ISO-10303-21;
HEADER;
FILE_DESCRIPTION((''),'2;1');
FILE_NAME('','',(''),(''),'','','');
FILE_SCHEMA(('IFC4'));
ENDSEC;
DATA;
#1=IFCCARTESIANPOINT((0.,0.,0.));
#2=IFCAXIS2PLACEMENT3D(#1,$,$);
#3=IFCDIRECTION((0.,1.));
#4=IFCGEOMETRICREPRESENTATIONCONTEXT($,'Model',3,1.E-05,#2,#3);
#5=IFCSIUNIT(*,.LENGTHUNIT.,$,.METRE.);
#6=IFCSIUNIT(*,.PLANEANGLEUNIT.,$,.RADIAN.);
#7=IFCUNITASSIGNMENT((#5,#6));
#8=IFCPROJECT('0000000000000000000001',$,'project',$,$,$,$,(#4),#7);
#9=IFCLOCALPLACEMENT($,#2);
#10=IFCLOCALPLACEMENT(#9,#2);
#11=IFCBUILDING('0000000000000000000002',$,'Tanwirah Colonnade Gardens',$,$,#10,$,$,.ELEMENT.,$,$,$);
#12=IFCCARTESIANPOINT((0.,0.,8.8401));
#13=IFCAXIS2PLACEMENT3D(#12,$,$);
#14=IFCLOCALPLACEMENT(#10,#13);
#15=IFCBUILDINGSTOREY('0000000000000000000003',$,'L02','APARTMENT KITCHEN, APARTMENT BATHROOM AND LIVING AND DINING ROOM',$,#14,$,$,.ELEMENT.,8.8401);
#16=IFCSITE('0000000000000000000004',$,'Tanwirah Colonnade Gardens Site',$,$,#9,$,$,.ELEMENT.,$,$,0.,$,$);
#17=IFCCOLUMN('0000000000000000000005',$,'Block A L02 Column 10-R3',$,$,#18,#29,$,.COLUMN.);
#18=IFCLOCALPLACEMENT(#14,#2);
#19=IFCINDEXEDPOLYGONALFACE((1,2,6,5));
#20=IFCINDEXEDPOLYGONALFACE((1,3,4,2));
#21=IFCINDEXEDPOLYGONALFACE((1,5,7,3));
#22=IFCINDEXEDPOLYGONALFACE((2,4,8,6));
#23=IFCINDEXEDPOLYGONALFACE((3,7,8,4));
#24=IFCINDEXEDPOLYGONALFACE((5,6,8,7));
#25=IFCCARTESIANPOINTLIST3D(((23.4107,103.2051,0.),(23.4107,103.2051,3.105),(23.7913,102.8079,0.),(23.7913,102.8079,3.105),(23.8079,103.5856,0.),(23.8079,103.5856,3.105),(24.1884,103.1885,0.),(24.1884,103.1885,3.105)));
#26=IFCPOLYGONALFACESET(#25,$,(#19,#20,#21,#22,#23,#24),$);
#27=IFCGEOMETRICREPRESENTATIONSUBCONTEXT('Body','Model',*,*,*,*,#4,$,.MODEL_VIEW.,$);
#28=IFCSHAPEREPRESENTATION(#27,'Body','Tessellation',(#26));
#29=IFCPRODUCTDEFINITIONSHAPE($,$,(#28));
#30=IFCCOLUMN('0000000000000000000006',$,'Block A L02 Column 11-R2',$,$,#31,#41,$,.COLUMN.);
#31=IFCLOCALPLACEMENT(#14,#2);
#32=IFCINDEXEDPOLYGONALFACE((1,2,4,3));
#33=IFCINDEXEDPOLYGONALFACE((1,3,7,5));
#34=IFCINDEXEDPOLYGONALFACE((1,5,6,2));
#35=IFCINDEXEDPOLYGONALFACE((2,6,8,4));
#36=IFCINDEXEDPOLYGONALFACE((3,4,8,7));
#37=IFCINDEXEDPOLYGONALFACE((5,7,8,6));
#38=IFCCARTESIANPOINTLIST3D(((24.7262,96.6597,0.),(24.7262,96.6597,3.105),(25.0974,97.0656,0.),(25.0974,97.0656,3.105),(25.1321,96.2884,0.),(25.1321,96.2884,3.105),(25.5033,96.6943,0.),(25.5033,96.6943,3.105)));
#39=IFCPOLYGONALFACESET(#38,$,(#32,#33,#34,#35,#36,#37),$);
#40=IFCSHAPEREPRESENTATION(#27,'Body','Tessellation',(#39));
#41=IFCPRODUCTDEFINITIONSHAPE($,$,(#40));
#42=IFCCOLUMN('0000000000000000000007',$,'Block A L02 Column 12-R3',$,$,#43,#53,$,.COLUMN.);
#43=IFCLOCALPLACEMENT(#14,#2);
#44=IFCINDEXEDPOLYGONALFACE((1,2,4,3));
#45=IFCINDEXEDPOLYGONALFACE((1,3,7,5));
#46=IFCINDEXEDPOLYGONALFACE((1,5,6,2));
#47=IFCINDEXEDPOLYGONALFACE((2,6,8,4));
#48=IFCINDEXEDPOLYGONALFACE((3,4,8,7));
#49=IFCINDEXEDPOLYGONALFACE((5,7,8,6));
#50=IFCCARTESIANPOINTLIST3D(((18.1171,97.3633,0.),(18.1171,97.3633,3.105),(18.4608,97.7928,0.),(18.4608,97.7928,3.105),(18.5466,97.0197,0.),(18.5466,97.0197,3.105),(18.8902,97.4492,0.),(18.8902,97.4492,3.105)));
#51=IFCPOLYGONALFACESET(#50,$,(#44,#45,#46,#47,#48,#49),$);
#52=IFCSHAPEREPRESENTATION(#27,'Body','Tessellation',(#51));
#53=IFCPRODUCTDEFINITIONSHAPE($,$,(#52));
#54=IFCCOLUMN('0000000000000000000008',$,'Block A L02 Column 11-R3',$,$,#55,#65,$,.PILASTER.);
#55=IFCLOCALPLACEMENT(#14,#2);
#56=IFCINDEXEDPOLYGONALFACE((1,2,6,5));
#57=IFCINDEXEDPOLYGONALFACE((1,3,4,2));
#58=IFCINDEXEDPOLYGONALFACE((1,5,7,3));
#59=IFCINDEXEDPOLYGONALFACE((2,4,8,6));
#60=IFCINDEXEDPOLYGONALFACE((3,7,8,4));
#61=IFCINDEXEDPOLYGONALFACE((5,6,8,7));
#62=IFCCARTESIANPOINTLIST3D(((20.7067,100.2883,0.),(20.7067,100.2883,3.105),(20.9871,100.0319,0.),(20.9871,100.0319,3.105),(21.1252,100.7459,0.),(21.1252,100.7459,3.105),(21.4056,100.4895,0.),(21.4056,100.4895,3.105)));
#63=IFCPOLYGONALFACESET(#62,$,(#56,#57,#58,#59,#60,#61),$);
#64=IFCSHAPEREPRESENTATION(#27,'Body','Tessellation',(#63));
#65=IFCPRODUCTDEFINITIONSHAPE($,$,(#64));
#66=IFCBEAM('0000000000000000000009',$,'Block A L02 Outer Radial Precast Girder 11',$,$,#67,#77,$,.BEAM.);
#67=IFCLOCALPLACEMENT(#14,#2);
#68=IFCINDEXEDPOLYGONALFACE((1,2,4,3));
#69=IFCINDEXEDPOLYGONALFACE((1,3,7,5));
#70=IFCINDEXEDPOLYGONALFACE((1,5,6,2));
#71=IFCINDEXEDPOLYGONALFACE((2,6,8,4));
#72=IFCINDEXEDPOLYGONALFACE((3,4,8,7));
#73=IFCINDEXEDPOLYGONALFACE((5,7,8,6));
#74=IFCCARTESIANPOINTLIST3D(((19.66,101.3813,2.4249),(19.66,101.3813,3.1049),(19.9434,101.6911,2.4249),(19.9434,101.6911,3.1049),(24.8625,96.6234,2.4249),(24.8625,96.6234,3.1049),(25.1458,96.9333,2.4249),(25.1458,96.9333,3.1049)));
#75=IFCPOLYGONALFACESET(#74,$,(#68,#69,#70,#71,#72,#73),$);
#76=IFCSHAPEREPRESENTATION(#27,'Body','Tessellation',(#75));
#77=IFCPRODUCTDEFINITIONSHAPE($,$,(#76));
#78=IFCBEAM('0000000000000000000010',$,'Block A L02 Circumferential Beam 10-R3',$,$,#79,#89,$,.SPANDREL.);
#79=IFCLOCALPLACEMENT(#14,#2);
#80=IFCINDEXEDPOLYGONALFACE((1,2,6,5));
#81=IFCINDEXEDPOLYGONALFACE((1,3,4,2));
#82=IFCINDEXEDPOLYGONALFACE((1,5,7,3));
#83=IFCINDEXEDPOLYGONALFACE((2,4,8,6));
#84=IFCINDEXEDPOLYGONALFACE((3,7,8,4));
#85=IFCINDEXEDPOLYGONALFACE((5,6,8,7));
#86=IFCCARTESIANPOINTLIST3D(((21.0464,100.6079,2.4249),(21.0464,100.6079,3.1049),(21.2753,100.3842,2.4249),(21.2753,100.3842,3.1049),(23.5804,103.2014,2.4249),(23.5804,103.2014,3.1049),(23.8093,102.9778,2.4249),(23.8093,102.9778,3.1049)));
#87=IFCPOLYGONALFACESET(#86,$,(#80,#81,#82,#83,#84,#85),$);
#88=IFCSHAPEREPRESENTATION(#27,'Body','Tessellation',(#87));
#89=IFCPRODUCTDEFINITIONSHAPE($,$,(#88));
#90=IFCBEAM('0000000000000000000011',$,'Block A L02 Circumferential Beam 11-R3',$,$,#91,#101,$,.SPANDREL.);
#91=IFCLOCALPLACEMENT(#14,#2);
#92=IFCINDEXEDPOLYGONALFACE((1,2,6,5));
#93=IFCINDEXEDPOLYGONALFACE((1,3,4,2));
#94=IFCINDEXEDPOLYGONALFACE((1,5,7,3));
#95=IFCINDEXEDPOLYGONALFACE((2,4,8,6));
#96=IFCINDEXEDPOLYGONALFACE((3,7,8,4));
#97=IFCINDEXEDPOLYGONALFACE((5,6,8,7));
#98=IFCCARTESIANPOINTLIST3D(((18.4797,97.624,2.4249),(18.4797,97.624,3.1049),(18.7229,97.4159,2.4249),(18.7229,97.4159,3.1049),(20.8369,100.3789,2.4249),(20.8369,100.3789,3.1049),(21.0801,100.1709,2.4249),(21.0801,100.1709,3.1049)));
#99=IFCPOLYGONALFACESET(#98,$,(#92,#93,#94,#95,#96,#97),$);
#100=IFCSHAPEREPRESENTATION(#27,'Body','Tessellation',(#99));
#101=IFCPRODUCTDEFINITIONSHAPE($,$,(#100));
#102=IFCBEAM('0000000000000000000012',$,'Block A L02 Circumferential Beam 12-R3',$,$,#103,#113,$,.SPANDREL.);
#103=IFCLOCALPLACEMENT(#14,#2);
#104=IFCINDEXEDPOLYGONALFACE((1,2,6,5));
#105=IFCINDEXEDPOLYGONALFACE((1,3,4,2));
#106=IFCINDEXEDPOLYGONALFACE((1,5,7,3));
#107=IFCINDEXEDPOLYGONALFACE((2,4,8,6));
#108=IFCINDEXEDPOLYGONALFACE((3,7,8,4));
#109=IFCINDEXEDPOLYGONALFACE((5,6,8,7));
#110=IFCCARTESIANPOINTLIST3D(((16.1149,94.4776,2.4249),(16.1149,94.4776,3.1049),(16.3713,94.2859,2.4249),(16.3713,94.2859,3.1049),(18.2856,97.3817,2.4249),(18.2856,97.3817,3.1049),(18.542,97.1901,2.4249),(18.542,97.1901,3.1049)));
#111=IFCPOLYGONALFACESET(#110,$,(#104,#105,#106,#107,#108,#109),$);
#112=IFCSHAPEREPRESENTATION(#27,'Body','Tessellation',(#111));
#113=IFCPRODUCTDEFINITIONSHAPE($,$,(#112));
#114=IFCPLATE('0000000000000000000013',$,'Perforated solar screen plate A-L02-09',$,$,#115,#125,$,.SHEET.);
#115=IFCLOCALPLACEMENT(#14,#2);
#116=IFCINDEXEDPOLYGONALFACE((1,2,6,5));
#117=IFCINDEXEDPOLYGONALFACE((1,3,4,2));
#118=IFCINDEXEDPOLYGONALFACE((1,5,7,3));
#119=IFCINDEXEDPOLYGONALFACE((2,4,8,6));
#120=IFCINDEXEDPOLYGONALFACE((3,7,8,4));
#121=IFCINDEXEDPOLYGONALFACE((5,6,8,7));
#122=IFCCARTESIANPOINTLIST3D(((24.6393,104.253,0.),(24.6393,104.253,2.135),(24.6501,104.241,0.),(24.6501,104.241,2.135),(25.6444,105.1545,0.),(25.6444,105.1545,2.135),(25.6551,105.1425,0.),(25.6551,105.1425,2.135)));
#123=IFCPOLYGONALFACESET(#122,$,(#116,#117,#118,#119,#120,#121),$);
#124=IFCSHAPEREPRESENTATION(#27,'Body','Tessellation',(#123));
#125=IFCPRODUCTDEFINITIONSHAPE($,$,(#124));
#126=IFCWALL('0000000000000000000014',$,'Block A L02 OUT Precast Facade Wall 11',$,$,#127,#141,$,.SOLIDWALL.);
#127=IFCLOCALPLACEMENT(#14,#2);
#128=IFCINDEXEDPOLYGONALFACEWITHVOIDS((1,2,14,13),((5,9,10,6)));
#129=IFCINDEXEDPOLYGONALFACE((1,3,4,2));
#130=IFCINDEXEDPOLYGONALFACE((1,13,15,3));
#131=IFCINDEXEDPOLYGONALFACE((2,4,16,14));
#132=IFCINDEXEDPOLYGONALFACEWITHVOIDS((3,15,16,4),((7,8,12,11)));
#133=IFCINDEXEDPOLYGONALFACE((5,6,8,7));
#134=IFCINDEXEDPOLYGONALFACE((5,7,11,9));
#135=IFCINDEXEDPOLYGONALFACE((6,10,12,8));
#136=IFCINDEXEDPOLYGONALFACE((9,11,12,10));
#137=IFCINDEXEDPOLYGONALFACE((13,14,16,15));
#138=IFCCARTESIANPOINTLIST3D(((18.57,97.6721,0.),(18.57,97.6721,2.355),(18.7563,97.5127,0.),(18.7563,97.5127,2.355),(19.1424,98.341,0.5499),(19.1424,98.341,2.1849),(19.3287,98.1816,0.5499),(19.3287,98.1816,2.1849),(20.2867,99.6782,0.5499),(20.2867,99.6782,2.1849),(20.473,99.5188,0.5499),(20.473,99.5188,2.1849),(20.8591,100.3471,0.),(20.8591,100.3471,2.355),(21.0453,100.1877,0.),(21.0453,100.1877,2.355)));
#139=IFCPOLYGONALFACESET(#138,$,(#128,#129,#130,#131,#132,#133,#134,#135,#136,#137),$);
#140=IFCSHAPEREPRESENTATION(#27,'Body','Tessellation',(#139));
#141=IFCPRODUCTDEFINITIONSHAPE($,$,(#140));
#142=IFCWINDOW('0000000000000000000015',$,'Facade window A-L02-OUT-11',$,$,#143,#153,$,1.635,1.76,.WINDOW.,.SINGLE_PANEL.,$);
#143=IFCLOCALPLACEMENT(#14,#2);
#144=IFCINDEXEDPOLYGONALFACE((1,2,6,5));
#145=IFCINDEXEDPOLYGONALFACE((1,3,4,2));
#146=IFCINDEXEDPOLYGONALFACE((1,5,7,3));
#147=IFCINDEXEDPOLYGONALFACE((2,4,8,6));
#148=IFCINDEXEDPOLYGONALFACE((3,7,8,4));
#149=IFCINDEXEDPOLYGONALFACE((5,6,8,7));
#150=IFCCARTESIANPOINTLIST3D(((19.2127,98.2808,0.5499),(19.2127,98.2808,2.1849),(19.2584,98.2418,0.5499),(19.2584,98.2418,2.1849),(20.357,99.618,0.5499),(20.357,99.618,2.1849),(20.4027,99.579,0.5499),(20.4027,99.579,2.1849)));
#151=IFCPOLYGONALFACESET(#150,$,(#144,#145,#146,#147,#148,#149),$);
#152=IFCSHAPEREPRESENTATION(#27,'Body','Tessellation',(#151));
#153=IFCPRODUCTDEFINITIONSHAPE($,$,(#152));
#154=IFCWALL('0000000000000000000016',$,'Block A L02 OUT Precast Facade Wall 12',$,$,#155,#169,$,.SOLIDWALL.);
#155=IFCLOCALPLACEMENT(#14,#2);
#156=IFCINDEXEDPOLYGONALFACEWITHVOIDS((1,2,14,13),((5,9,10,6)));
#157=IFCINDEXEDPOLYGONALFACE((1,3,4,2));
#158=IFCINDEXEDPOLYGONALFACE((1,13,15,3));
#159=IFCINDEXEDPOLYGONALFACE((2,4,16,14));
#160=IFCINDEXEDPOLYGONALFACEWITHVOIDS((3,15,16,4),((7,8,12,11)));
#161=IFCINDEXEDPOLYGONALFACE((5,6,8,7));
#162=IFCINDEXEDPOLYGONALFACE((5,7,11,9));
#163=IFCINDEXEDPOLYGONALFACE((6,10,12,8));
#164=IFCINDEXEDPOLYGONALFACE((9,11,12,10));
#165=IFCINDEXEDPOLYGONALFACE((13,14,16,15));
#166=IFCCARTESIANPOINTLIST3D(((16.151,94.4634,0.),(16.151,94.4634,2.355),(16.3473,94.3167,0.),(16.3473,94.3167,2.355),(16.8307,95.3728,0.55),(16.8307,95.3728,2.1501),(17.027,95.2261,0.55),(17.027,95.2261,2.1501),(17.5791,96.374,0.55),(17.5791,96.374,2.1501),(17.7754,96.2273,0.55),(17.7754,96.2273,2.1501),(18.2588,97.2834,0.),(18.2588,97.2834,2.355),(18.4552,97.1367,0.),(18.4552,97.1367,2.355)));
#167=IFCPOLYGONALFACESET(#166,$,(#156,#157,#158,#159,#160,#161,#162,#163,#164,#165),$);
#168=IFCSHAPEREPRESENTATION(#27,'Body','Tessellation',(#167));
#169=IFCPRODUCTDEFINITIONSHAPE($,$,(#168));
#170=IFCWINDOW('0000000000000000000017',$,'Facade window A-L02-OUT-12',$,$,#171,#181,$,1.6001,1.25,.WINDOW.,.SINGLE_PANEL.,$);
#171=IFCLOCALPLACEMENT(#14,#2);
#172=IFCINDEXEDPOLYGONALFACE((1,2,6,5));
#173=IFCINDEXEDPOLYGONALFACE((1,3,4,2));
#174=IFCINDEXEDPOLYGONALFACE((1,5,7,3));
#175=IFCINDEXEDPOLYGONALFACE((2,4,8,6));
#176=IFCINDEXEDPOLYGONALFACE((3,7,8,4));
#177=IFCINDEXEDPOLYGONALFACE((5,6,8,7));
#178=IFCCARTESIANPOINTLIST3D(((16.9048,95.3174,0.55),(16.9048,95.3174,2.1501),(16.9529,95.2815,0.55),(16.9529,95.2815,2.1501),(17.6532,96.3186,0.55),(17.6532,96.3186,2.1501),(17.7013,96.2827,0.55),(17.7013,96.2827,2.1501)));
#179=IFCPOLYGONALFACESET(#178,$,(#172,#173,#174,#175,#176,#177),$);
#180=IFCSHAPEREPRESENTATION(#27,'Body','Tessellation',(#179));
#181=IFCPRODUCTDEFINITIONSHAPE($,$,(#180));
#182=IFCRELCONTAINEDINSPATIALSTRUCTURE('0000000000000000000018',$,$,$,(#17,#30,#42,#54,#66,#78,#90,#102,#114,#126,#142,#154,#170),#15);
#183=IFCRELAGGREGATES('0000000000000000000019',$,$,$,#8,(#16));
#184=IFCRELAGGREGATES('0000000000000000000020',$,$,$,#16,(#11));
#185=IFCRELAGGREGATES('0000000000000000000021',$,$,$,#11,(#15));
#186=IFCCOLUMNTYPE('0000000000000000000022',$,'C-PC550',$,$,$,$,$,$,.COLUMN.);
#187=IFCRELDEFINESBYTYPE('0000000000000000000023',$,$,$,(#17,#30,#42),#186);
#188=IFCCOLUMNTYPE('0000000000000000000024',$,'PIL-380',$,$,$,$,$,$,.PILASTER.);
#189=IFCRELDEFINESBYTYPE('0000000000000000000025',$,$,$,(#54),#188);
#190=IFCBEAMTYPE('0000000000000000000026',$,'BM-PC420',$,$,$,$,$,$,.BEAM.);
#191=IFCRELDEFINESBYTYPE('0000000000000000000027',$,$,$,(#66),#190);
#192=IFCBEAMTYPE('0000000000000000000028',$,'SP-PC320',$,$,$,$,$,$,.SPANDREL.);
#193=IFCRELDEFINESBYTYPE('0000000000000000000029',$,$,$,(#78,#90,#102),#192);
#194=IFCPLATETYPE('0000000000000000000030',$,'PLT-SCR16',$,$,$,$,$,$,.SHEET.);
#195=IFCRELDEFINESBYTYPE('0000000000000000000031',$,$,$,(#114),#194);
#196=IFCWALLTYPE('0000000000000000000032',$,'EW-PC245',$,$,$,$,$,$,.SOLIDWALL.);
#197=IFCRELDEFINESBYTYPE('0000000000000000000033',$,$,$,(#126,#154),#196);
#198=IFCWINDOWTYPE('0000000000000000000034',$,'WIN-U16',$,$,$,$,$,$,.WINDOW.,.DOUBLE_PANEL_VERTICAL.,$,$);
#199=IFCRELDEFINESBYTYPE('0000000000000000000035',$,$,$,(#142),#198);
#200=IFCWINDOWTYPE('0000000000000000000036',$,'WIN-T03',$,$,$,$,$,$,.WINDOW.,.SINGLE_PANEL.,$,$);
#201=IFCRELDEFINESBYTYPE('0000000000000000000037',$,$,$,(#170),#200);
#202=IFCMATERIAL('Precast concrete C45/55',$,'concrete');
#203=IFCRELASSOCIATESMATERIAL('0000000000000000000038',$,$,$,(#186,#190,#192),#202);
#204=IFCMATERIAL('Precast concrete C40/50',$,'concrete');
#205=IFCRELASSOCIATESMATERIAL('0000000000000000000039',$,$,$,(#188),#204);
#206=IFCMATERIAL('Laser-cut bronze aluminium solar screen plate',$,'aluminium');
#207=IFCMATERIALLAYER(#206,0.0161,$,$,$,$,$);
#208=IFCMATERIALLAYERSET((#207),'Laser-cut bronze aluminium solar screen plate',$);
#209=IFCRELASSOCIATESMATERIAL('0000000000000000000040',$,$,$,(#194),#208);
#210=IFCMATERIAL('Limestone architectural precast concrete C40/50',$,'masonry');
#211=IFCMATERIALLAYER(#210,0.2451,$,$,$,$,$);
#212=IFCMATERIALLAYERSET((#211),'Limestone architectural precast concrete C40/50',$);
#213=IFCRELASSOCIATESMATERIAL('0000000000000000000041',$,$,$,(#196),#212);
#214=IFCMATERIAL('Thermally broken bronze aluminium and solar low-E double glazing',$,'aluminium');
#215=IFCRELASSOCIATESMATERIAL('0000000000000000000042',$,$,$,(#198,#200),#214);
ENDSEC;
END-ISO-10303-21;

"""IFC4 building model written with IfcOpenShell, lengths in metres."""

from ifc_helpers import new_model, si_unit, direction, frame, frame_2d, origin, origin_2d, place, context, subcontext, project, spatial, rectangle, extrude, material, layer, layer_set, material_profile, profile_set, type_object, element, fill, save


model = new_model("IFC4")

# Units and contexts
model_context = context("Model", 3, precision=1e-05, world=origin(), true_north=direction((0.0, 1.0)))
body_context = subcontext(model_context, "Body", "Model", "MODEL_VIEW")
ifc_project = project(units=[si_unit("LENGTHUNIT", "METRE"), si_unit("PLANEANGLEUNIT", "RADIAN")], contexts=[model_context])

# Site, building, storey
site_placement = place(None, origin())
site = spatial("IfcSite", under=ifc_project, at=site_placement, Name="Tanwirah Colonnade Gardens Site", CompositionType="ELEMENT", RefElevation=0.0)
building_placement = place(site_placement, origin())
building = spatial("IfcBuilding", under=site, at=building_placement, Name="Tanwirah Colonnade Gardens", CompositionType="ELEMENT")
storey_placement = place(building_placement, frame((0.0, 0.0, 8.8401)))
storey = spatial("IfcBuildingStorey", under=building, at=storey_placement, Name="L02", Description="APARTMENT KITCHEN, APARTMENT BATHROOM AND LIVING AND DINING ROOM", CompositionType="ELEMENT", Elevation=8.8401)

# Columns
ifc_material_1 = material(Name="Precast concrete C45/55", Category="concrete")
ifc_material_profile_1 = material_profile(ifc_material_1, rectangle(XDim=0.55, YDim=0.55, at=origin_2d()), Name="PC-COL 550x550")
ifc_profile_set_1 = profile_set([ifc_material_profile_1], Name="Precast concrete C45/55")
column_type_1 = type_object("IfcColumnType", Name="C-PC550", PredefinedType="COLUMN", material=ifc_profile_set_1)
for number, where, z_axis, x_axis, name in (
    (1, (23.7996, 103.1968, 0.0), (0.0, 0.0, 1.0), (-0.691863, 0.722029, 0.0), "Block A L02 Column 10-R3"),
    (2, (25.1147, 96.677, 0.0), (0.0, 0.0, 1.0), (-0.737932, 0.674875, 0.0), "Block A L02 Column 11-R2"),
    (3, (18.5037, 97.4062, 0.0), (0.0, 0.0, 1.0), (-0.780794, 0.624788, 0.0), "Block A L02 Column 12-R3"),
):
    element("IfcColumn", number, at=place(storey_placement, frame(where, z_axis=z_axis, x_axis=x_axis)), inside=storey, type_object=column_type_1, Name=name, PredefinedType="COLUMN", context=body_context, shape_type="SweptSolid", body=[
        extrude(rectangle(XDim=0.55, YDim=0.55, at=origin_2d()), origin(), (0.0, 0.0, 1.0), 3.105),
    ])
ifc_material_2 = material(Name="Precast concrete C40/50", Category="concrete")
ifc_material_profile_2 = material_profile(ifc_material_2, rectangle(XDim=0.3799, YDim=0.6201, at=origin_2d()), Name="PC-PIL 380x620")
ifc_profile_set_2 = profile_set([ifc_material_profile_2], Name="Precast concrete C40/50")
column_type_2 = type_object("IfcColumnType", Name="PIL-380", PredefinedType="PILASTER", material=ifc_profile_set_2)
column_placement = place(storey_placement, frame((21.0562, 100.3889, 0.0), z_axis=(0.0, 0.0, 1.0), x_axis=(-0.737932, 0.674875, 0.0)))
element("IfcColumn", 4, at=column_placement, inside=storey, type_object=column_type_2, Name="Block A L02 Column 11-R3", PredefinedType="PILASTER", context=body_context, shape_type="SweptSolid", body=[
    extrude(rectangle(XDim=0.3799, YDim=0.6201, at=origin_2d()), origin(), (0.0, 0.0, 1.0), 3.105),
])

# Beams
ifc_material_profile_3 = material_profile(ifc_material_1, rectangle(XDim=0.4199, YDim=0.6799, at=origin_2d()), Name="PC-BM 420x680")
ifc_profile_set_3 = profile_set([ifc_material_profile_3], Name="Precast concrete C45/55")
beam_type_1 = type_object("IfcBeamType", Name="BM-PC420", PredefinedType="BEAM", material=ifc_profile_set_3)
beam_1_placement = place(storey_placement, frame((25.0042, 96.7783, 2.7649), z_axis=(-0.737934, 0.674873, 0.0), x_axis=(-0.674873, -0.737934, 0.0)))
element("IfcBeam", 5, at=beam_1_placement, inside=storey, type_object=beam_type_1, Name="Block A L02 Outer Radial Precast Girder 11", PredefinedType="BEAM", context=body_context, shape_type="SweptSolid", body=[
    extrude(rectangle(XDim=0.4199, YDim=0.6799, at=origin_2d()), origin(), (0.0, 0.0, 1.0), 7.05),
])
ifc_material_profile_4 = material_profile(ifc_material_1, rectangle(XDim=0.3201, YDim=0.6799, at=origin_2d()), Name="PC-SP 320x680")
ifc_profile_set_4 = profile_set([ifc_material_profile_4], Name="Precast concrete C45/55")
beam_type_2 = type_object("IfcBeamType", Name="SP-PC320", PredefinedType="SPANDREL", material=ifc_profile_set_4)
beam_2_placement = place(storey_placement, frame((23.6948, 103.0896, 2.7649), z_axis=(-0.698844, -0.715274, 0.0), x_axis=(0.715274, -0.698844, 0.0)))
element("IfcBeam", 6, at=beam_2_placement, inside=storey, type_object=beam_type_2, Name="Block A L02 Circumferential Beam 10-R3", PredefinedType="SPANDREL", context=body_context, shape_type="SweptSolid", body=[
    extrude(rectangle(XDim=0.3201, YDim=0.6799, at=origin_2d()), origin(), (0.0, 0.0, 1.0), 3.626),
])
for number, where, z_axis, x_axis, name in (
    (7, (20.9585, 100.2749, 2.7649), (-0.650131, -0.759822, 0.0), (0.759822, -0.650131, 0.0), "Block A L02 Circumferential Beam 11-R3"),
    (8, (18.4138, 97.2859, 2.7649), (-0.598696, -0.800977, 0.0), (0.800977, -0.598696, 0.0), "Block A L02 Circumferential Beam 12-R3"),
):
    element("IfcBeam", number, at=place(storey_placement, frame(where, z_axis=z_axis, x_axis=x_axis)), inside=storey, type_object=beam_type_2, Name=name, PredefinedType="SPANDREL", context=body_context, shape_type="SweptSolid", body=[
        extrude(rectangle(XDim=0.3201, YDim=0.6799, at=origin_2d()), origin(), (0.0, 0.0, 1.0), 3.6257),
    ])

# Plate
ifc_material_3 = material(Name="Laser-cut bronze aluminium solar screen plate", Category="aluminium")
ifc_layer_1 = layer(ifc_material_3, 0.0161)
ifc_layer_set_1 = layer_set([ifc_layer_1], Name="Laser-cut bronze aluminium solar screen plate")
plate_type = type_object("IfcPlateType", Name="PLT-SCR16", PredefinedType="SHEET", material=ifc_layer_set_1)
plate_placement = place(storey_placement, frame((25.1472, 104.6978, 0.0), z_axis=(0.0, 0.0, 1.0), x_axis=(-0.744443, -0.667686, 0.0)))
element("IfcPlate", 9, at=plate_placement, inside=storey, type_object=plate_type, Name="Perforated solar screen plate A-L02-09", PredefinedType="SHEET", context=body_context, shape_type="SweptSolid", body=[
    extrude(rectangle(XDim=1.3501, YDim=0.0161, at=origin_2d()), origin(), (0.0, 0.0, 1.0), 2.135),
])

# Shared definitions
ifc_material_4 = material(Name="Limestone architectural precast concrete C40/50", Category="masonry")
ifc_layer_2 = layer(ifc_material_4, 0.2451)
ifc_layer_set_2 = layer_set([ifc_layer_2], Name="Limestone architectural precast concrete C40/50")
wall_type_1 = type_object("IfcWallType", Name="EW-PC245", PredefinedType="SOLIDWALL", material=ifc_layer_set_2)

# Walls, openings, windows
wall_1_placement = place(storey_placement, frame((20.9521, 100.2673, 0.0), z_axis=(0.0, 0.0, 1.0), x_axis=(-0.650163, -0.759795, 0.0)))
wall_1 = element("IfcWall", 10, at=wall_1_placement, inside=storey, type_object=wall_type_1, Name="Block A L02 OUT Precast Facade Wall 11", PredefinedType="SOLIDWALL", context=body_context, shape_type="SweptSolid", body=[
    extrude(rectangle(XDim=3.5208, YDim=0.2451, at=frame_2d((1.7603, 0.0))), origin(), (0.0, 0.0, 1.0), 2.355),
])
opening_1_placement = place(wall_1_placement, frame((0.8804, 0.0, 0.55)))
opening_1 = element("IfcOpeningElement", 11, at=opening_1_placement, cuts=wall_1, PredefinedType="OPENING", context=body_context, shape_type="SweptSolid", body=[
    extrude(rectangle(XDim=1.76, YDim=1.635, at=frame_2d((0.8799, 0.8174))), frame((0.0, 0.1326, 0.0), z_axis=(0.0, -1.0, 0.0), x_axis=(1.0, 0.0, 0.0)), (0.0, 0.0, 1.0), 0.2651),
])
ifc_material_5 = material(Name="Thermally broken bronze aluminium and solar low-E double glazing", Category="aluminium")
window_type_1 = type_object("IfcWindowType", Name="WIN-U16", PartitioningType="DOUBLE_PANEL_VERTICAL", PredefinedType="WINDOW", material=ifc_material_5)
window_1_placement = place(opening_1_placement, origin())
window_1 = element("IfcWindow", 12, at=window_1_placement, inside=storey, type_object=window_type_1, Name="Facade window A-L02-OUT-11", OverallHeight=1.635, OverallWidth=1.76, PartitioningType="SINGLE_PANEL", PredefinedType="WINDOW", context=body_context, shape_type="SweptSolid", body=[
    extrude(rectangle(XDim=1.76, YDim=1.635, at=frame_2d((0.8799, 0.8174))), frame((0.0, 0.03, 0.0), z_axis=(0.0, -1.0, 0.0), x_axis=(1.0, 0.0, 0.0)), (0.0, 0.0, 1.0), 0.0601),
])
fill(opening_1, window_1)
wall_2_placement = place(storey_placement, frame((18.3569, 97.21, 0.0), z_axis=(0.0, 0.0, 1.0), x_axis=(-0.598701, -0.800973, 0.0)))
wall_2 = element("IfcWall", 13, at=wall_2_placement, inside=storey, type_object=wall_type_1, Name="Block A L02 OUT Precast Facade Wall 12", PredefinedType="SOLIDWALL", context=body_context, shape_type="SweptSolid", body=[
    extrude(rectangle(XDim=3.5208, YDim=0.2451, at=frame_2d((1.7603, 0.0))), origin(), (0.0, 0.0, 1.0), 2.355),
])
opening_2_placement = place(wall_2_placement, frame((1.1353, 0.0, 0.55)))
opening_2 = element("IfcOpeningElement", 14, at=opening_2_placement, cuts=wall_2, PredefinedType="OPENING", context=body_context, shape_type="SweptSolid", body=[
    extrude(rectangle(XDim=1.25, YDim=1.6001, at=frame_2d((0.625, 0.8))), frame((0.0, 0.1326, 0.0), z_axis=(0.0, -1.0, 0.0), x_axis=(1.0, 0.0, 0.0)), (0.0, 0.0, 1.0), 0.2651),
])
window_type_2 = type_object("IfcWindowType", Name="WIN-T03", PartitioningType="SINGLE_PANEL", PredefinedType="WINDOW", material=ifc_material_5)
window_2_placement = place(opening_2_placement, origin())
window_2 = element("IfcWindow", 15, at=window_2_placement, inside=storey, type_object=window_type_2, Name="Facade window A-L02-OUT-12", OverallHeight=1.6001, OverallWidth=1.25, PartitioningType="SINGLE_PANEL", PredefinedType="WINDOW", context=body_context, shape_type="SweptSolid", body=[
    extrude(rectangle(XDim=1.25, YDim=1.6001, at=frame_2d((0.625, 0.8))), frame((0.0, 0.03, 0.0), z_axis=(0.0, -1.0, 0.0), x_axis=(1.0, 0.0, 0.0)), (0.0, 0.0, 1.0), 0.0601),
])
fill(opening_2, window_2)

save(model, "model.ifc")
